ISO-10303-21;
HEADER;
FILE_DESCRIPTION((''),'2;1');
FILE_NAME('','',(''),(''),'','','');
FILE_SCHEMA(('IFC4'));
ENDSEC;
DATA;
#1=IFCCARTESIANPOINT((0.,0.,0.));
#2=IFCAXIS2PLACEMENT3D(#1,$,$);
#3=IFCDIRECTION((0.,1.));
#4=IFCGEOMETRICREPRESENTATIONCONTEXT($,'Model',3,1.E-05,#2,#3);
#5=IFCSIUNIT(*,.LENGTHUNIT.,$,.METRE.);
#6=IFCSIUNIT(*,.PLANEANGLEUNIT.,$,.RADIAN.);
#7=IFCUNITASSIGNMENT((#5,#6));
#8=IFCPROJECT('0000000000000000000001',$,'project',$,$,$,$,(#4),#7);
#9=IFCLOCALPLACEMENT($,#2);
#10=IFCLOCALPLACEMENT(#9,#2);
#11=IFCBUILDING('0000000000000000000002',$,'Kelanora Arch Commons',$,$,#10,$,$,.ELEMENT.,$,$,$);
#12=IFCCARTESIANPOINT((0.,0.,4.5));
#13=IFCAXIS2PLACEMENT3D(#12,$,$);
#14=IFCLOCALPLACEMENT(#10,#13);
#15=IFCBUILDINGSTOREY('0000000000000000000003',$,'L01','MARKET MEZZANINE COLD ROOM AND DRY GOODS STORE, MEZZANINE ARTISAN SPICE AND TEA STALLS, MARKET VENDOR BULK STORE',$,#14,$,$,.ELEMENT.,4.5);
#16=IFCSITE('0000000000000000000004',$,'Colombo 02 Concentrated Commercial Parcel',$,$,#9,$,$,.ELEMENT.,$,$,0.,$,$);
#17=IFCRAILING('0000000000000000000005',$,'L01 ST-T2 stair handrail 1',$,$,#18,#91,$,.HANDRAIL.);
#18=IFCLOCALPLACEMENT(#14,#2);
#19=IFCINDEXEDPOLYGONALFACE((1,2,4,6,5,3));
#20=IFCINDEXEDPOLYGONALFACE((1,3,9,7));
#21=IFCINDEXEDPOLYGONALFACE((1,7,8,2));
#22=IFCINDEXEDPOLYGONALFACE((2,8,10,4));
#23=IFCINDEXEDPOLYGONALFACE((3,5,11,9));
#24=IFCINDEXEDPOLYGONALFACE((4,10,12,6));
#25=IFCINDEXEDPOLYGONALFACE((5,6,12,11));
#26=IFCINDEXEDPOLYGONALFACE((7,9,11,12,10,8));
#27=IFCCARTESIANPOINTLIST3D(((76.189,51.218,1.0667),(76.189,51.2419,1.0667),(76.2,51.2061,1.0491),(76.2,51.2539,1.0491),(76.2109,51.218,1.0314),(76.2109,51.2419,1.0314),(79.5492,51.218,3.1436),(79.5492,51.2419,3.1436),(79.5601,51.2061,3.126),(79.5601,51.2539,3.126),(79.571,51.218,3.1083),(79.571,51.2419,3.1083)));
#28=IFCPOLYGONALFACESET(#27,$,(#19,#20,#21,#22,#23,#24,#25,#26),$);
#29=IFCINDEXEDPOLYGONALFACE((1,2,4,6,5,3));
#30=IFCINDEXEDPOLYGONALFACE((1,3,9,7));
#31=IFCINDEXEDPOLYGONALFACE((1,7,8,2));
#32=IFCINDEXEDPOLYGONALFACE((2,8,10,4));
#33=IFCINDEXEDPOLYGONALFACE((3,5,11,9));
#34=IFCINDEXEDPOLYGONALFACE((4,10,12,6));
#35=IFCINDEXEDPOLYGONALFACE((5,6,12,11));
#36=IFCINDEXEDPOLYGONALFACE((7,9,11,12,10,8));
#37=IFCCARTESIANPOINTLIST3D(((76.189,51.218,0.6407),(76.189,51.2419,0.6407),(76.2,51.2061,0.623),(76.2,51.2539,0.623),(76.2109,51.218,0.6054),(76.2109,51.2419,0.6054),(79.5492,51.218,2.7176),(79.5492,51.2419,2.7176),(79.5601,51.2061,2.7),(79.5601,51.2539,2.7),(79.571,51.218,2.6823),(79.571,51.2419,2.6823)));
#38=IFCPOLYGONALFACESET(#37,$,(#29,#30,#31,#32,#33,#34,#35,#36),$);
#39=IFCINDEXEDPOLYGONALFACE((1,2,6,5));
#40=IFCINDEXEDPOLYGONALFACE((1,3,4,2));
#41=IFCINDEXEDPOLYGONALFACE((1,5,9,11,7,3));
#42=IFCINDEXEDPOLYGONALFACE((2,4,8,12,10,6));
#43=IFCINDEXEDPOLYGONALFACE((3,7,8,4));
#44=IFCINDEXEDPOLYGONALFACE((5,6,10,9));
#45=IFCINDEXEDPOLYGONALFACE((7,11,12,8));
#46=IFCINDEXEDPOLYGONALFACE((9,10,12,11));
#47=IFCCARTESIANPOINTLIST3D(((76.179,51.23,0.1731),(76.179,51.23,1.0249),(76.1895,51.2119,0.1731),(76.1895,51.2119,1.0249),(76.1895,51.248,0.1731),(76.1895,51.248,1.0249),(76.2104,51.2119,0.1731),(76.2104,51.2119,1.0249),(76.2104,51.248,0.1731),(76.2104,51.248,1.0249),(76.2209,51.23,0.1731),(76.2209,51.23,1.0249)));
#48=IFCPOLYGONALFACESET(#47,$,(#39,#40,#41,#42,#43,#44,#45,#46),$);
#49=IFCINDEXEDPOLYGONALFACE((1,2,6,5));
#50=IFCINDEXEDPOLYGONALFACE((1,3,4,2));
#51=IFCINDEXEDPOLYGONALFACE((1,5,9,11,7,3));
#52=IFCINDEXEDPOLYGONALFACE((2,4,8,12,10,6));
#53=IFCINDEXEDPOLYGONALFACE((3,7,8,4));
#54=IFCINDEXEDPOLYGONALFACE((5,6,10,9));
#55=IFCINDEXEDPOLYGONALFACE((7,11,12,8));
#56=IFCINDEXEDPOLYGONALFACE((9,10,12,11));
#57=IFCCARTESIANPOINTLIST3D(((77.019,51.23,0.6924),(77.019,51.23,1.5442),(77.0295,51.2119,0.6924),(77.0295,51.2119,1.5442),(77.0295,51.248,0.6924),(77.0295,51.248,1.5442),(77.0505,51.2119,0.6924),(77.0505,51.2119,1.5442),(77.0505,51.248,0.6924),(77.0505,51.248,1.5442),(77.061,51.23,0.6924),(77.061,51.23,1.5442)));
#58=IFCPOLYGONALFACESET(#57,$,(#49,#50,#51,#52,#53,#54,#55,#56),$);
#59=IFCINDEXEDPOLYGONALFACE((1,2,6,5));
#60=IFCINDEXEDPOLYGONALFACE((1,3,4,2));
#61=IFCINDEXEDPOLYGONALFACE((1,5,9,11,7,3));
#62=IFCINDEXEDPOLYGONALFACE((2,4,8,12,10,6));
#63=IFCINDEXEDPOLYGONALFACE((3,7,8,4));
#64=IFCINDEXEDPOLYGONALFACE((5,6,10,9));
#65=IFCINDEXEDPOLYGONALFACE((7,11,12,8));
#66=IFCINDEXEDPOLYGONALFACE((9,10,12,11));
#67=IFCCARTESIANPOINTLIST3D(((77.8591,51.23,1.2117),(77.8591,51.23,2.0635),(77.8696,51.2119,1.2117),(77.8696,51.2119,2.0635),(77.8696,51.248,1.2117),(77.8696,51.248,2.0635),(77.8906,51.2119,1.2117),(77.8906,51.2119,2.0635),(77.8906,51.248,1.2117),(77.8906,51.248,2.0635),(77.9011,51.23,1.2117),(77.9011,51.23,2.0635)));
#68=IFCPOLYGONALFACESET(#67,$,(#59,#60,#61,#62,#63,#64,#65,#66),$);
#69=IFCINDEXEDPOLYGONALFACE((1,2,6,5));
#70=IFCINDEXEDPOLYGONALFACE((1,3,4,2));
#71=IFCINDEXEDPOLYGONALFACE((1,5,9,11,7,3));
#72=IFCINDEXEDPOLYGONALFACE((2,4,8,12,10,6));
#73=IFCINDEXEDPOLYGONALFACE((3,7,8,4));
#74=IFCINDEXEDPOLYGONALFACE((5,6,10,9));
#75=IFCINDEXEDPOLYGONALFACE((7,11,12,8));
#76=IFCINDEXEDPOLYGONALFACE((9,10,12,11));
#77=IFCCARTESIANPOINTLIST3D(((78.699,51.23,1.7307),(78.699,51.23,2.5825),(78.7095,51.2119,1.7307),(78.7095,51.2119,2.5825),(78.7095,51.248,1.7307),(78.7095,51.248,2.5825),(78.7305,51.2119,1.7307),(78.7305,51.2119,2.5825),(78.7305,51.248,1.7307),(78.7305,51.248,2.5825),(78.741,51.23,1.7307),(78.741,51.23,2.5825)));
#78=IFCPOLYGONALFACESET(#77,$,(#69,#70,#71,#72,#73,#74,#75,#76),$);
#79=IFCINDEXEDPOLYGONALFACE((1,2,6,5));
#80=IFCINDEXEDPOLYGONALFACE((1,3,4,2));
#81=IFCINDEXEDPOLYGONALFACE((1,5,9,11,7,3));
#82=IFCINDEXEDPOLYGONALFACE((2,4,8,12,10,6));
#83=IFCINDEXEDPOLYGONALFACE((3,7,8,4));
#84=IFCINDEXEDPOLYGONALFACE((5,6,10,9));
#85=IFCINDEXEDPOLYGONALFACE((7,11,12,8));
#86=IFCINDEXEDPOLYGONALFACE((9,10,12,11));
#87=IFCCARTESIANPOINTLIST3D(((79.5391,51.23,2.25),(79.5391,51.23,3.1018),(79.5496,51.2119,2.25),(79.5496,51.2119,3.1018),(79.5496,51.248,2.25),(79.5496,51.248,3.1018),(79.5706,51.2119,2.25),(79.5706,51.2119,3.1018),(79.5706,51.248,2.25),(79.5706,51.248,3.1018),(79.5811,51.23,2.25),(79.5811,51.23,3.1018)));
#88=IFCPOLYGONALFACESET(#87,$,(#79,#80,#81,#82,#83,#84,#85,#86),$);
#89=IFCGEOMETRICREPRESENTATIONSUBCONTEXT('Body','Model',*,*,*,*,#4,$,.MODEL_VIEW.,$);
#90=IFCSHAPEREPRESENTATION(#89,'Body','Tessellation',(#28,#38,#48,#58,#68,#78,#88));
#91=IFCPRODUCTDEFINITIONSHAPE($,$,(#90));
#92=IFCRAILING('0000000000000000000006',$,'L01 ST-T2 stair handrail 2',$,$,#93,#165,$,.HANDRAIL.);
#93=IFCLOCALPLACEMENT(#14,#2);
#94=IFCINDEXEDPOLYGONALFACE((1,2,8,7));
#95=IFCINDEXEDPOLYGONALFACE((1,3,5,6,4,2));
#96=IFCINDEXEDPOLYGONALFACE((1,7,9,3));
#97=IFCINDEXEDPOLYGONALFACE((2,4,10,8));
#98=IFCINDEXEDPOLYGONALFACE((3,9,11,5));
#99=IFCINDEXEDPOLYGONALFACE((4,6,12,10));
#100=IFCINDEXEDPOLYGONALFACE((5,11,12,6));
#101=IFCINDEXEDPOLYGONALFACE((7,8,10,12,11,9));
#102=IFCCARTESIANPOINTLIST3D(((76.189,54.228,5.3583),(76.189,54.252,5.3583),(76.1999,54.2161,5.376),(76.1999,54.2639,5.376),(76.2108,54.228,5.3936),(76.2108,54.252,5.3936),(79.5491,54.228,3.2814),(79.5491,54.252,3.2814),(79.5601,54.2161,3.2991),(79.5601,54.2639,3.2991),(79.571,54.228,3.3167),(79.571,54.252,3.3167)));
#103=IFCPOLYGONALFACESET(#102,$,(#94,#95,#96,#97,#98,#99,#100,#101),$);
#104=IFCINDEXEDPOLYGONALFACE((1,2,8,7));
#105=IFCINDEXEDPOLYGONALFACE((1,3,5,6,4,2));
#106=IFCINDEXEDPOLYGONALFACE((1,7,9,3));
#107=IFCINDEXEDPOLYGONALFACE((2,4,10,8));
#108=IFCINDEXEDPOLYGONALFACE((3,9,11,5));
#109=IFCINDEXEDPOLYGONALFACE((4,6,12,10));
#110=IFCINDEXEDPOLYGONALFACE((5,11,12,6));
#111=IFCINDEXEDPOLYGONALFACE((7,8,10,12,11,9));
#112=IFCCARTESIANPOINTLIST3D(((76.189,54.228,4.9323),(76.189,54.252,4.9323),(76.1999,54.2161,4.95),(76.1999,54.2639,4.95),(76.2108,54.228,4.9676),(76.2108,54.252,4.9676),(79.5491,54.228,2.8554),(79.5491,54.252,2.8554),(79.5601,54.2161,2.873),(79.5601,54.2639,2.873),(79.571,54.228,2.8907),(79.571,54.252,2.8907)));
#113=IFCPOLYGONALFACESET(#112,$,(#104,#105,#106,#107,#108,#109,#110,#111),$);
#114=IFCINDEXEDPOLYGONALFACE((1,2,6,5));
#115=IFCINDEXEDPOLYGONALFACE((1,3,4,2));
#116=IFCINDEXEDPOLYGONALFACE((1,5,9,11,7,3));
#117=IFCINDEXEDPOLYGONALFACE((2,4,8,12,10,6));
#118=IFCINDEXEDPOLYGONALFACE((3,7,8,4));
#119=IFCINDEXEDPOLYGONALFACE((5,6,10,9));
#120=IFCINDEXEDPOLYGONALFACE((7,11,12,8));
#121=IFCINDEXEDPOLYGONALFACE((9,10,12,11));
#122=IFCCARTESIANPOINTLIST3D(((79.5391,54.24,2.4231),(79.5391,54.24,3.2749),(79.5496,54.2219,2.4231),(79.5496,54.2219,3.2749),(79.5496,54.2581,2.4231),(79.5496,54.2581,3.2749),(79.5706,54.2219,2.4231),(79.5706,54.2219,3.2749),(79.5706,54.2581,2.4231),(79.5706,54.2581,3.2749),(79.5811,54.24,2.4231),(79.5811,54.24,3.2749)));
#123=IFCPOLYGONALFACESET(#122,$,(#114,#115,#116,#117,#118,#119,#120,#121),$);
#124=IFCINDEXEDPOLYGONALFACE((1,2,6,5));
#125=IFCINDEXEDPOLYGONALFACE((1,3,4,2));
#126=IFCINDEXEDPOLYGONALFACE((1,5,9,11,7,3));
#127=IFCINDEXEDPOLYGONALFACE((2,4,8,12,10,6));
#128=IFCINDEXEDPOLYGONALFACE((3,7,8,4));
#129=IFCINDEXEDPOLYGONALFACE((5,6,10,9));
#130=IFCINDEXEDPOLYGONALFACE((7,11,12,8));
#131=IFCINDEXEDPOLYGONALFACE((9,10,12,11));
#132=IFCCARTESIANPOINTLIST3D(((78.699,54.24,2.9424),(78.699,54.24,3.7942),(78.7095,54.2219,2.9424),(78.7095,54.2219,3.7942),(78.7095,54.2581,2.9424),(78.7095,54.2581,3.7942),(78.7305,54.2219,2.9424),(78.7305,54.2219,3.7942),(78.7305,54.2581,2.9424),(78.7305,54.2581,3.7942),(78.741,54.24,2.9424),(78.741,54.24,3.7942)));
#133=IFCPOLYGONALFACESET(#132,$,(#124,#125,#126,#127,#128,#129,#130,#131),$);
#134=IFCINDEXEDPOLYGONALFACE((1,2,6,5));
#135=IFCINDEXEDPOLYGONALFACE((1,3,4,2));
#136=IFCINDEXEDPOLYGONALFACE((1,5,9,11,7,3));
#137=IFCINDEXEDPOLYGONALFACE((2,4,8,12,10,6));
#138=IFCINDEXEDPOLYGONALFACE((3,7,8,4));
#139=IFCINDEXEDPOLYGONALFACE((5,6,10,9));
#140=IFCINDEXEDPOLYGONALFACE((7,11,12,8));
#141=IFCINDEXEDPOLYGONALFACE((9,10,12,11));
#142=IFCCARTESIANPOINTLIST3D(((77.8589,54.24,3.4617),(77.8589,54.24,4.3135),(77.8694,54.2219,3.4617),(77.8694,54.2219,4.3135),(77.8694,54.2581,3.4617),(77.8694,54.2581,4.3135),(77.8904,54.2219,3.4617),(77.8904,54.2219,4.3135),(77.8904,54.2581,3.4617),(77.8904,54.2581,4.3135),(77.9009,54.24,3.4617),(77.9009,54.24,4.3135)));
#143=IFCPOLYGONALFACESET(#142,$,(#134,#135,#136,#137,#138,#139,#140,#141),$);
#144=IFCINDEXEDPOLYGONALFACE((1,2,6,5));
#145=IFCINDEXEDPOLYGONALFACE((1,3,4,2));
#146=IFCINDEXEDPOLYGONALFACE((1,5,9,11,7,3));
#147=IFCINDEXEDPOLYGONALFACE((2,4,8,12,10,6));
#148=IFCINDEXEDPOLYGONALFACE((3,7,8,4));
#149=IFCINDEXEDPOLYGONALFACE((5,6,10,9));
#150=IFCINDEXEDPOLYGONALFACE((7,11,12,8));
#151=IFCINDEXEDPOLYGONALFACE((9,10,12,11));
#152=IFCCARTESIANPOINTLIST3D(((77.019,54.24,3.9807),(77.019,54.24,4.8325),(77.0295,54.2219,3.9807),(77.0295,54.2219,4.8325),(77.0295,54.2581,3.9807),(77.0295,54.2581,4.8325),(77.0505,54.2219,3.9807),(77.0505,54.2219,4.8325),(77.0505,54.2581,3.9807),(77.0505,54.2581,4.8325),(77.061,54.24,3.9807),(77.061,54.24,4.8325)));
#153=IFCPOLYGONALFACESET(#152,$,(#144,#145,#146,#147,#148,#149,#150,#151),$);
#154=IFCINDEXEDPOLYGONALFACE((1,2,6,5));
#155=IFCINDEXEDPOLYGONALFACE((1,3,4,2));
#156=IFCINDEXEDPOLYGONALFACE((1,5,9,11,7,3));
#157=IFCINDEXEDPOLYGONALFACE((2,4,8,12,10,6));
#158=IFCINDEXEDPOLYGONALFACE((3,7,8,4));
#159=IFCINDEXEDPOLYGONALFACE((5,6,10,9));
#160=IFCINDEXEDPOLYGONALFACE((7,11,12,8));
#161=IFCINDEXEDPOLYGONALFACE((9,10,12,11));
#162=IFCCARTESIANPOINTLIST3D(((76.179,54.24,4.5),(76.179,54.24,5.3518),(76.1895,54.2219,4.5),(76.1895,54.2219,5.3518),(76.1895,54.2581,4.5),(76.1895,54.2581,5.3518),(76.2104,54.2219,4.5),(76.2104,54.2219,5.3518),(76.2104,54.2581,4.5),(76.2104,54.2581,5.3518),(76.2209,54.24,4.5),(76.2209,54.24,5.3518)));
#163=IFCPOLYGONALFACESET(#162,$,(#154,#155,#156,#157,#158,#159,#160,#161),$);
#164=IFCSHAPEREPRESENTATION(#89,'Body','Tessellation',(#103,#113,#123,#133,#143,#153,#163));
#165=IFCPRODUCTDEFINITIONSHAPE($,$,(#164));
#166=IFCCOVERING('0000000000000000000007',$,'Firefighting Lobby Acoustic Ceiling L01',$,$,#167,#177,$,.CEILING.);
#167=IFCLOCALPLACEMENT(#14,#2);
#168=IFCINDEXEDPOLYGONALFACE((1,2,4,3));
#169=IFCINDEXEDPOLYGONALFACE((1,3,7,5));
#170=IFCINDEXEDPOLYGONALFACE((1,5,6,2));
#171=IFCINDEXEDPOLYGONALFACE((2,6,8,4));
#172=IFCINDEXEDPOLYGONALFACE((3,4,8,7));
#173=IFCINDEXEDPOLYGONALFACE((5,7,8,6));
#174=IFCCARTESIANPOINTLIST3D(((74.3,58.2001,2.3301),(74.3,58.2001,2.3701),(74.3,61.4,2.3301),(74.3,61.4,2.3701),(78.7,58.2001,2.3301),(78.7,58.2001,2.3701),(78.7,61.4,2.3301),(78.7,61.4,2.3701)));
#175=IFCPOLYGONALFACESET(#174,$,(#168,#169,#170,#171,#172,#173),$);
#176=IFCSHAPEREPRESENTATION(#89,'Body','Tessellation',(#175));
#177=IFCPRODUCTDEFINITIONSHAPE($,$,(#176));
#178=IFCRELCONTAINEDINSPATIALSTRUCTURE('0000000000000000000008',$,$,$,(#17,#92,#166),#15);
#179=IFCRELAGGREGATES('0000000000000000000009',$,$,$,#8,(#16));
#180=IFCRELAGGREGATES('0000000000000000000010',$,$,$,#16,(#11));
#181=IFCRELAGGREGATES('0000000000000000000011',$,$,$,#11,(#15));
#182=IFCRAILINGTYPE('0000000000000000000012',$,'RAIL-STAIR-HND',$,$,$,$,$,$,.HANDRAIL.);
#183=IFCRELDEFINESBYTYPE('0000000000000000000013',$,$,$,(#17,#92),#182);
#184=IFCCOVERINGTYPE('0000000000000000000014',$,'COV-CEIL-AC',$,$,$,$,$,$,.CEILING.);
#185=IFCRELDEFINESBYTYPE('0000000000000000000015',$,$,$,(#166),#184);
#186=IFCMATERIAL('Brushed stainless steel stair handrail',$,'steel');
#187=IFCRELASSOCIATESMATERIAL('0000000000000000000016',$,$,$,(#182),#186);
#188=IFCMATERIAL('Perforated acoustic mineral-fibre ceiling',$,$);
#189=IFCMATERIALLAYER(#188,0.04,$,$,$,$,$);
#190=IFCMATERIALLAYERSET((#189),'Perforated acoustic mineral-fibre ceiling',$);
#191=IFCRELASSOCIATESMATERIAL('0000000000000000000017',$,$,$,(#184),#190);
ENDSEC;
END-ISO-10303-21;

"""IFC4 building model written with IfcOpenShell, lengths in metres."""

from ifc_helpers import new_model, si_unit, direction, frame, origin, origin_2d, place, context, subcontext, project, spatial, polyline, rectangle, outline, extrude, source, transform, mapped, material, layer, layer_set, type_object, element, save


model = new_model("IFC4")

# Units and contexts
model_context = context("Model", 3, precision=1e-05, world=origin(), true_north=direction((0.0, 1.0)))
body_context = subcontext(model_context, "Body", "Model", "MODEL_VIEW")
ifc_project = project(units=[si_unit("LENGTHUNIT", "METRE"), si_unit("PLANEANGLEUNIT", "RADIAN")], contexts=[model_context])

# Site, building, storey
site_placement = place(None, origin())
site = spatial("IfcSite", under=ifc_project, at=site_placement, Name="Colombo 02 Concentrated Commercial Parcel", CompositionType="ELEMENT", RefElevation=0.0)
building_placement = place(site_placement, origin())
building = spatial("IfcBuilding", under=site, at=building_placement, Name="Kelanora Arch Commons", CompositionType="ELEMENT")
storey_placement = place(building_placement, frame((0.0, 0.0, 4.5)))
storey = spatial("IfcBuildingStorey", under=building, at=storey_placement, Name="L01", Description="MARKET MEZZANINE COLD ROOM AND DRY GOODS STORE, MEZZANINE ARTISAN SPICE AND TEA STALLS, MARKET VENDOR BULK STORE", CompositionType="ELEMENT", Elevation=4.5)

# Railings
ifc_material_1 = material(Name="Brushed stainless steel stair handrail", Category="steel")
railing_type_1 = type_object("IfcRailingType", Name="RAIL-STAIR-HND", PredefinedType="HANDRAIL", material=ifc_material_1)
railing_1_placement = place(storey_placement, frame((76.2, 51.23, 0.1731)))
element("IfcRailing", 1, at=railing_1_placement, inside=storey, type_object=railing_type_1, Name="L01 ST-T2 stair handrail 1", PredefinedType="HANDRAIL", context=body_context, shape_type="SweptSolid", body=[
    extrude(outline(polyline([(0.0239, 0.0), (0.012, 0.0208), (-0.012, 0.0208), (-0.0239, 0.0), (-0.012, -0.0208), (0.012, -0.0208), (0.0239, 0.0)])), frame((0.0, 0.0, 0.876), z_axis=(0.850623, 0.0, 0.525776), x_axis=(0.0, 1.0, 0.0)), (0.0, 0.0, 1.0), 3.9502),
    extrude(outline(polyline([(0.0239, 0.0), (0.012, 0.0208), (-0.012, 0.0208), (-0.0239, 0.0), (-0.012, -0.0208), (0.012, -0.0208), (0.0239, 0.0)])), frame((0.0, 0.0, 0.45), z_axis=(0.850623, 0.0, 0.525776), x_axis=(0.0, 1.0, 0.0)), (0.0, 0.0, 1.0), 3.9502),
    extrude(outline(polyline([(0.021, 0.0), (0.0105, 0.0181), (-0.0105, 0.0181), (-0.021, 0.0), (-0.0105, -0.0181), (0.0105, -0.0181), (0.021, 0.0)])), origin(), (0.0, 0.0, 1.0), 0.8518),
    extrude(outline(polyline([(0.021, 0.0), (0.0105, 0.0181), (-0.0105, 0.0181), (-0.021, 0.0), (-0.0105, -0.0181), (0.0105, -0.0181), (0.021, 0.0)])), frame((0.8401, 0.0, 0.5193)), (0.0, 0.0, 1.0), 0.8518),
    extrude(outline(polyline([(0.021, 0.0), (0.0105, 0.0181), (-0.0105, 0.0181), (-0.021, 0.0), (-0.0105, -0.0181), (0.0105, -0.0181), (0.021, 0.0)])), frame((1.6802, 0.0, 1.0386)), (0.0, 0.0, 1.0), 0.8518),
    extrude(outline(polyline([(0.021, 0.0), (0.0105, 0.0181), (-0.0105, 0.0181), (-0.021, 0.0), (-0.0105, -0.0181), (0.0105, -0.0181), (0.021, 0.0)])), frame((2.52, 0.0, 1.5576)), (0.0, 0.0, 1.0), 0.8518),
    extrude(outline(polyline([(0.021, 0.0), (0.0105, 0.0181), (-0.0105, 0.0181), (-0.021, 0.0), (-0.0105, -0.0181), (0.0105, -0.0181), (0.021, 0.0)])), frame((3.3601, 0.0, 2.0769)), (0.0, 0.0, 1.0), 0.8518),
])
railing_2_placement = place(storey_placement, frame((79.5601, 54.24, 2.4231)))
element("IfcRailing", 2, at=railing_2_placement, inside=storey, type_object=railing_type_1, Name="L01 ST-T2 stair handrail 2", PredefinedType="HANDRAIL", context=body_context, shape_type="SweptSolid", body=[
    extrude(outline(polyline([(0.0239, 0.0), (0.012, 0.0208), (-0.012, 0.0208), (-0.0239, 0.0), (-0.012, -0.0208), (0.012, -0.0208), (0.0239, 0.0)])), frame((0.0, 0.0, 0.876), z_axis=(-0.850623, 0.0, 0.525776), x_axis=(0.0, -1.0, 0.0)), (0.0, 0.0, 1.0), 3.9502),
    extrude(outline(polyline([(0.0239, 0.0), (0.012, 0.0208), (-0.012, 0.0208), (-0.0239, 0.0), (-0.012, -0.0208), (0.012, -0.0208), (0.0239, 0.0)])), frame((0.0, 0.0, 0.45), z_axis=(-0.850623, 0.0, 0.525776), x_axis=(0.0, -1.0, 0.0)), (0.0, 0.0, 1.0), 3.9502),
    extrude(outline(polyline([(0.021, 0.0), (0.0105, 0.0181), (-0.0105, 0.0181), (-0.021, 0.0), (-0.0105, -0.0181), (0.0105, -0.0181), (0.021, 0.0)])), origin(), (0.0, 0.0, 1.0), 0.8518),
    extrude(outline(polyline([(0.021, 0.0), (0.0105, 0.0181), (-0.0105, 0.0181), (-0.021, 0.0), (-0.0105, -0.0181), (0.0105, -0.0181), (0.021, 0.0)])), frame((-0.8401, 0.0, 0.5193)), (0.0, 0.0, 1.0), 0.8518),
    extrude(outline(polyline([(0.021, 0.0), (0.0105, 0.0181), (-0.0105, 0.0181), (-0.021, 0.0), (-0.0105, -0.0181), (0.0105, -0.0181), (0.021, 0.0)])), frame((-1.6802, 0.0, 1.0386)), (0.0, 0.0, 1.0), 0.8518),
    extrude(outline(polyline([(0.021, 0.0), (0.0105, 0.0181), (-0.0105, 0.0181), (-0.021, 0.0), (-0.0105, -0.0181), (0.0105, -0.0181), (0.021, 0.0)])), frame((-2.52, 0.0, 1.5576)), (0.0, 0.0, 1.0), 0.8518),
    extrude(outline(polyline([(0.021, 0.0), (0.0105, 0.0181), (-0.0105, 0.0181), (-0.021, 0.0), (-0.0105, -0.0181), (0.0105, -0.0181), (0.021, 0.0)])), frame((-3.3601, 0.0, 2.0769)), (0.0, 0.0, 1.0), 0.8518),
])

# Covering
ifc_material_2 = material(Name="Perforated acoustic mineral-fibre ceiling")
ifc_layer_1 = layer(ifc_material_2, 0.04)
ifc_layer_set_1 = layer_set([ifc_layer_1], Name="Perforated acoustic mineral-fibre ceiling")
covering_type = type_object("IfcCoveringType", Name="COV-CEIL-AC", PredefinedType="CEILING", material=ifc_layer_set_1)
shared_shape = source(origin(), body_context, "Body", "SweptSolid", [
    extrude(rectangle(XDim=4.3999, YDim=3.2, at=origin_2d()), origin(), (0.0, 0.0, 1.0), 0.04),
])
covering_placement = place(storey_placement, frame((76.5, 59.8, 2.3301), z_axis=(0.0, 0.0, 1.0), x_axis=(1.0, 0.0, 0.0)))
element("IfcCovering", 3, at=covering_placement, inside=storey, type_object=covering_type, Name="Firefighting Lobby Acoustic Ceiling L01", PredefinedType="CEILING", context=body_context, shape_type="MappedRepresentation", body=[
    mapped(shared_shape, transform((0.0, 0.0, 0.0), scale=1.0)),
])

save(model, "model.ifc")
